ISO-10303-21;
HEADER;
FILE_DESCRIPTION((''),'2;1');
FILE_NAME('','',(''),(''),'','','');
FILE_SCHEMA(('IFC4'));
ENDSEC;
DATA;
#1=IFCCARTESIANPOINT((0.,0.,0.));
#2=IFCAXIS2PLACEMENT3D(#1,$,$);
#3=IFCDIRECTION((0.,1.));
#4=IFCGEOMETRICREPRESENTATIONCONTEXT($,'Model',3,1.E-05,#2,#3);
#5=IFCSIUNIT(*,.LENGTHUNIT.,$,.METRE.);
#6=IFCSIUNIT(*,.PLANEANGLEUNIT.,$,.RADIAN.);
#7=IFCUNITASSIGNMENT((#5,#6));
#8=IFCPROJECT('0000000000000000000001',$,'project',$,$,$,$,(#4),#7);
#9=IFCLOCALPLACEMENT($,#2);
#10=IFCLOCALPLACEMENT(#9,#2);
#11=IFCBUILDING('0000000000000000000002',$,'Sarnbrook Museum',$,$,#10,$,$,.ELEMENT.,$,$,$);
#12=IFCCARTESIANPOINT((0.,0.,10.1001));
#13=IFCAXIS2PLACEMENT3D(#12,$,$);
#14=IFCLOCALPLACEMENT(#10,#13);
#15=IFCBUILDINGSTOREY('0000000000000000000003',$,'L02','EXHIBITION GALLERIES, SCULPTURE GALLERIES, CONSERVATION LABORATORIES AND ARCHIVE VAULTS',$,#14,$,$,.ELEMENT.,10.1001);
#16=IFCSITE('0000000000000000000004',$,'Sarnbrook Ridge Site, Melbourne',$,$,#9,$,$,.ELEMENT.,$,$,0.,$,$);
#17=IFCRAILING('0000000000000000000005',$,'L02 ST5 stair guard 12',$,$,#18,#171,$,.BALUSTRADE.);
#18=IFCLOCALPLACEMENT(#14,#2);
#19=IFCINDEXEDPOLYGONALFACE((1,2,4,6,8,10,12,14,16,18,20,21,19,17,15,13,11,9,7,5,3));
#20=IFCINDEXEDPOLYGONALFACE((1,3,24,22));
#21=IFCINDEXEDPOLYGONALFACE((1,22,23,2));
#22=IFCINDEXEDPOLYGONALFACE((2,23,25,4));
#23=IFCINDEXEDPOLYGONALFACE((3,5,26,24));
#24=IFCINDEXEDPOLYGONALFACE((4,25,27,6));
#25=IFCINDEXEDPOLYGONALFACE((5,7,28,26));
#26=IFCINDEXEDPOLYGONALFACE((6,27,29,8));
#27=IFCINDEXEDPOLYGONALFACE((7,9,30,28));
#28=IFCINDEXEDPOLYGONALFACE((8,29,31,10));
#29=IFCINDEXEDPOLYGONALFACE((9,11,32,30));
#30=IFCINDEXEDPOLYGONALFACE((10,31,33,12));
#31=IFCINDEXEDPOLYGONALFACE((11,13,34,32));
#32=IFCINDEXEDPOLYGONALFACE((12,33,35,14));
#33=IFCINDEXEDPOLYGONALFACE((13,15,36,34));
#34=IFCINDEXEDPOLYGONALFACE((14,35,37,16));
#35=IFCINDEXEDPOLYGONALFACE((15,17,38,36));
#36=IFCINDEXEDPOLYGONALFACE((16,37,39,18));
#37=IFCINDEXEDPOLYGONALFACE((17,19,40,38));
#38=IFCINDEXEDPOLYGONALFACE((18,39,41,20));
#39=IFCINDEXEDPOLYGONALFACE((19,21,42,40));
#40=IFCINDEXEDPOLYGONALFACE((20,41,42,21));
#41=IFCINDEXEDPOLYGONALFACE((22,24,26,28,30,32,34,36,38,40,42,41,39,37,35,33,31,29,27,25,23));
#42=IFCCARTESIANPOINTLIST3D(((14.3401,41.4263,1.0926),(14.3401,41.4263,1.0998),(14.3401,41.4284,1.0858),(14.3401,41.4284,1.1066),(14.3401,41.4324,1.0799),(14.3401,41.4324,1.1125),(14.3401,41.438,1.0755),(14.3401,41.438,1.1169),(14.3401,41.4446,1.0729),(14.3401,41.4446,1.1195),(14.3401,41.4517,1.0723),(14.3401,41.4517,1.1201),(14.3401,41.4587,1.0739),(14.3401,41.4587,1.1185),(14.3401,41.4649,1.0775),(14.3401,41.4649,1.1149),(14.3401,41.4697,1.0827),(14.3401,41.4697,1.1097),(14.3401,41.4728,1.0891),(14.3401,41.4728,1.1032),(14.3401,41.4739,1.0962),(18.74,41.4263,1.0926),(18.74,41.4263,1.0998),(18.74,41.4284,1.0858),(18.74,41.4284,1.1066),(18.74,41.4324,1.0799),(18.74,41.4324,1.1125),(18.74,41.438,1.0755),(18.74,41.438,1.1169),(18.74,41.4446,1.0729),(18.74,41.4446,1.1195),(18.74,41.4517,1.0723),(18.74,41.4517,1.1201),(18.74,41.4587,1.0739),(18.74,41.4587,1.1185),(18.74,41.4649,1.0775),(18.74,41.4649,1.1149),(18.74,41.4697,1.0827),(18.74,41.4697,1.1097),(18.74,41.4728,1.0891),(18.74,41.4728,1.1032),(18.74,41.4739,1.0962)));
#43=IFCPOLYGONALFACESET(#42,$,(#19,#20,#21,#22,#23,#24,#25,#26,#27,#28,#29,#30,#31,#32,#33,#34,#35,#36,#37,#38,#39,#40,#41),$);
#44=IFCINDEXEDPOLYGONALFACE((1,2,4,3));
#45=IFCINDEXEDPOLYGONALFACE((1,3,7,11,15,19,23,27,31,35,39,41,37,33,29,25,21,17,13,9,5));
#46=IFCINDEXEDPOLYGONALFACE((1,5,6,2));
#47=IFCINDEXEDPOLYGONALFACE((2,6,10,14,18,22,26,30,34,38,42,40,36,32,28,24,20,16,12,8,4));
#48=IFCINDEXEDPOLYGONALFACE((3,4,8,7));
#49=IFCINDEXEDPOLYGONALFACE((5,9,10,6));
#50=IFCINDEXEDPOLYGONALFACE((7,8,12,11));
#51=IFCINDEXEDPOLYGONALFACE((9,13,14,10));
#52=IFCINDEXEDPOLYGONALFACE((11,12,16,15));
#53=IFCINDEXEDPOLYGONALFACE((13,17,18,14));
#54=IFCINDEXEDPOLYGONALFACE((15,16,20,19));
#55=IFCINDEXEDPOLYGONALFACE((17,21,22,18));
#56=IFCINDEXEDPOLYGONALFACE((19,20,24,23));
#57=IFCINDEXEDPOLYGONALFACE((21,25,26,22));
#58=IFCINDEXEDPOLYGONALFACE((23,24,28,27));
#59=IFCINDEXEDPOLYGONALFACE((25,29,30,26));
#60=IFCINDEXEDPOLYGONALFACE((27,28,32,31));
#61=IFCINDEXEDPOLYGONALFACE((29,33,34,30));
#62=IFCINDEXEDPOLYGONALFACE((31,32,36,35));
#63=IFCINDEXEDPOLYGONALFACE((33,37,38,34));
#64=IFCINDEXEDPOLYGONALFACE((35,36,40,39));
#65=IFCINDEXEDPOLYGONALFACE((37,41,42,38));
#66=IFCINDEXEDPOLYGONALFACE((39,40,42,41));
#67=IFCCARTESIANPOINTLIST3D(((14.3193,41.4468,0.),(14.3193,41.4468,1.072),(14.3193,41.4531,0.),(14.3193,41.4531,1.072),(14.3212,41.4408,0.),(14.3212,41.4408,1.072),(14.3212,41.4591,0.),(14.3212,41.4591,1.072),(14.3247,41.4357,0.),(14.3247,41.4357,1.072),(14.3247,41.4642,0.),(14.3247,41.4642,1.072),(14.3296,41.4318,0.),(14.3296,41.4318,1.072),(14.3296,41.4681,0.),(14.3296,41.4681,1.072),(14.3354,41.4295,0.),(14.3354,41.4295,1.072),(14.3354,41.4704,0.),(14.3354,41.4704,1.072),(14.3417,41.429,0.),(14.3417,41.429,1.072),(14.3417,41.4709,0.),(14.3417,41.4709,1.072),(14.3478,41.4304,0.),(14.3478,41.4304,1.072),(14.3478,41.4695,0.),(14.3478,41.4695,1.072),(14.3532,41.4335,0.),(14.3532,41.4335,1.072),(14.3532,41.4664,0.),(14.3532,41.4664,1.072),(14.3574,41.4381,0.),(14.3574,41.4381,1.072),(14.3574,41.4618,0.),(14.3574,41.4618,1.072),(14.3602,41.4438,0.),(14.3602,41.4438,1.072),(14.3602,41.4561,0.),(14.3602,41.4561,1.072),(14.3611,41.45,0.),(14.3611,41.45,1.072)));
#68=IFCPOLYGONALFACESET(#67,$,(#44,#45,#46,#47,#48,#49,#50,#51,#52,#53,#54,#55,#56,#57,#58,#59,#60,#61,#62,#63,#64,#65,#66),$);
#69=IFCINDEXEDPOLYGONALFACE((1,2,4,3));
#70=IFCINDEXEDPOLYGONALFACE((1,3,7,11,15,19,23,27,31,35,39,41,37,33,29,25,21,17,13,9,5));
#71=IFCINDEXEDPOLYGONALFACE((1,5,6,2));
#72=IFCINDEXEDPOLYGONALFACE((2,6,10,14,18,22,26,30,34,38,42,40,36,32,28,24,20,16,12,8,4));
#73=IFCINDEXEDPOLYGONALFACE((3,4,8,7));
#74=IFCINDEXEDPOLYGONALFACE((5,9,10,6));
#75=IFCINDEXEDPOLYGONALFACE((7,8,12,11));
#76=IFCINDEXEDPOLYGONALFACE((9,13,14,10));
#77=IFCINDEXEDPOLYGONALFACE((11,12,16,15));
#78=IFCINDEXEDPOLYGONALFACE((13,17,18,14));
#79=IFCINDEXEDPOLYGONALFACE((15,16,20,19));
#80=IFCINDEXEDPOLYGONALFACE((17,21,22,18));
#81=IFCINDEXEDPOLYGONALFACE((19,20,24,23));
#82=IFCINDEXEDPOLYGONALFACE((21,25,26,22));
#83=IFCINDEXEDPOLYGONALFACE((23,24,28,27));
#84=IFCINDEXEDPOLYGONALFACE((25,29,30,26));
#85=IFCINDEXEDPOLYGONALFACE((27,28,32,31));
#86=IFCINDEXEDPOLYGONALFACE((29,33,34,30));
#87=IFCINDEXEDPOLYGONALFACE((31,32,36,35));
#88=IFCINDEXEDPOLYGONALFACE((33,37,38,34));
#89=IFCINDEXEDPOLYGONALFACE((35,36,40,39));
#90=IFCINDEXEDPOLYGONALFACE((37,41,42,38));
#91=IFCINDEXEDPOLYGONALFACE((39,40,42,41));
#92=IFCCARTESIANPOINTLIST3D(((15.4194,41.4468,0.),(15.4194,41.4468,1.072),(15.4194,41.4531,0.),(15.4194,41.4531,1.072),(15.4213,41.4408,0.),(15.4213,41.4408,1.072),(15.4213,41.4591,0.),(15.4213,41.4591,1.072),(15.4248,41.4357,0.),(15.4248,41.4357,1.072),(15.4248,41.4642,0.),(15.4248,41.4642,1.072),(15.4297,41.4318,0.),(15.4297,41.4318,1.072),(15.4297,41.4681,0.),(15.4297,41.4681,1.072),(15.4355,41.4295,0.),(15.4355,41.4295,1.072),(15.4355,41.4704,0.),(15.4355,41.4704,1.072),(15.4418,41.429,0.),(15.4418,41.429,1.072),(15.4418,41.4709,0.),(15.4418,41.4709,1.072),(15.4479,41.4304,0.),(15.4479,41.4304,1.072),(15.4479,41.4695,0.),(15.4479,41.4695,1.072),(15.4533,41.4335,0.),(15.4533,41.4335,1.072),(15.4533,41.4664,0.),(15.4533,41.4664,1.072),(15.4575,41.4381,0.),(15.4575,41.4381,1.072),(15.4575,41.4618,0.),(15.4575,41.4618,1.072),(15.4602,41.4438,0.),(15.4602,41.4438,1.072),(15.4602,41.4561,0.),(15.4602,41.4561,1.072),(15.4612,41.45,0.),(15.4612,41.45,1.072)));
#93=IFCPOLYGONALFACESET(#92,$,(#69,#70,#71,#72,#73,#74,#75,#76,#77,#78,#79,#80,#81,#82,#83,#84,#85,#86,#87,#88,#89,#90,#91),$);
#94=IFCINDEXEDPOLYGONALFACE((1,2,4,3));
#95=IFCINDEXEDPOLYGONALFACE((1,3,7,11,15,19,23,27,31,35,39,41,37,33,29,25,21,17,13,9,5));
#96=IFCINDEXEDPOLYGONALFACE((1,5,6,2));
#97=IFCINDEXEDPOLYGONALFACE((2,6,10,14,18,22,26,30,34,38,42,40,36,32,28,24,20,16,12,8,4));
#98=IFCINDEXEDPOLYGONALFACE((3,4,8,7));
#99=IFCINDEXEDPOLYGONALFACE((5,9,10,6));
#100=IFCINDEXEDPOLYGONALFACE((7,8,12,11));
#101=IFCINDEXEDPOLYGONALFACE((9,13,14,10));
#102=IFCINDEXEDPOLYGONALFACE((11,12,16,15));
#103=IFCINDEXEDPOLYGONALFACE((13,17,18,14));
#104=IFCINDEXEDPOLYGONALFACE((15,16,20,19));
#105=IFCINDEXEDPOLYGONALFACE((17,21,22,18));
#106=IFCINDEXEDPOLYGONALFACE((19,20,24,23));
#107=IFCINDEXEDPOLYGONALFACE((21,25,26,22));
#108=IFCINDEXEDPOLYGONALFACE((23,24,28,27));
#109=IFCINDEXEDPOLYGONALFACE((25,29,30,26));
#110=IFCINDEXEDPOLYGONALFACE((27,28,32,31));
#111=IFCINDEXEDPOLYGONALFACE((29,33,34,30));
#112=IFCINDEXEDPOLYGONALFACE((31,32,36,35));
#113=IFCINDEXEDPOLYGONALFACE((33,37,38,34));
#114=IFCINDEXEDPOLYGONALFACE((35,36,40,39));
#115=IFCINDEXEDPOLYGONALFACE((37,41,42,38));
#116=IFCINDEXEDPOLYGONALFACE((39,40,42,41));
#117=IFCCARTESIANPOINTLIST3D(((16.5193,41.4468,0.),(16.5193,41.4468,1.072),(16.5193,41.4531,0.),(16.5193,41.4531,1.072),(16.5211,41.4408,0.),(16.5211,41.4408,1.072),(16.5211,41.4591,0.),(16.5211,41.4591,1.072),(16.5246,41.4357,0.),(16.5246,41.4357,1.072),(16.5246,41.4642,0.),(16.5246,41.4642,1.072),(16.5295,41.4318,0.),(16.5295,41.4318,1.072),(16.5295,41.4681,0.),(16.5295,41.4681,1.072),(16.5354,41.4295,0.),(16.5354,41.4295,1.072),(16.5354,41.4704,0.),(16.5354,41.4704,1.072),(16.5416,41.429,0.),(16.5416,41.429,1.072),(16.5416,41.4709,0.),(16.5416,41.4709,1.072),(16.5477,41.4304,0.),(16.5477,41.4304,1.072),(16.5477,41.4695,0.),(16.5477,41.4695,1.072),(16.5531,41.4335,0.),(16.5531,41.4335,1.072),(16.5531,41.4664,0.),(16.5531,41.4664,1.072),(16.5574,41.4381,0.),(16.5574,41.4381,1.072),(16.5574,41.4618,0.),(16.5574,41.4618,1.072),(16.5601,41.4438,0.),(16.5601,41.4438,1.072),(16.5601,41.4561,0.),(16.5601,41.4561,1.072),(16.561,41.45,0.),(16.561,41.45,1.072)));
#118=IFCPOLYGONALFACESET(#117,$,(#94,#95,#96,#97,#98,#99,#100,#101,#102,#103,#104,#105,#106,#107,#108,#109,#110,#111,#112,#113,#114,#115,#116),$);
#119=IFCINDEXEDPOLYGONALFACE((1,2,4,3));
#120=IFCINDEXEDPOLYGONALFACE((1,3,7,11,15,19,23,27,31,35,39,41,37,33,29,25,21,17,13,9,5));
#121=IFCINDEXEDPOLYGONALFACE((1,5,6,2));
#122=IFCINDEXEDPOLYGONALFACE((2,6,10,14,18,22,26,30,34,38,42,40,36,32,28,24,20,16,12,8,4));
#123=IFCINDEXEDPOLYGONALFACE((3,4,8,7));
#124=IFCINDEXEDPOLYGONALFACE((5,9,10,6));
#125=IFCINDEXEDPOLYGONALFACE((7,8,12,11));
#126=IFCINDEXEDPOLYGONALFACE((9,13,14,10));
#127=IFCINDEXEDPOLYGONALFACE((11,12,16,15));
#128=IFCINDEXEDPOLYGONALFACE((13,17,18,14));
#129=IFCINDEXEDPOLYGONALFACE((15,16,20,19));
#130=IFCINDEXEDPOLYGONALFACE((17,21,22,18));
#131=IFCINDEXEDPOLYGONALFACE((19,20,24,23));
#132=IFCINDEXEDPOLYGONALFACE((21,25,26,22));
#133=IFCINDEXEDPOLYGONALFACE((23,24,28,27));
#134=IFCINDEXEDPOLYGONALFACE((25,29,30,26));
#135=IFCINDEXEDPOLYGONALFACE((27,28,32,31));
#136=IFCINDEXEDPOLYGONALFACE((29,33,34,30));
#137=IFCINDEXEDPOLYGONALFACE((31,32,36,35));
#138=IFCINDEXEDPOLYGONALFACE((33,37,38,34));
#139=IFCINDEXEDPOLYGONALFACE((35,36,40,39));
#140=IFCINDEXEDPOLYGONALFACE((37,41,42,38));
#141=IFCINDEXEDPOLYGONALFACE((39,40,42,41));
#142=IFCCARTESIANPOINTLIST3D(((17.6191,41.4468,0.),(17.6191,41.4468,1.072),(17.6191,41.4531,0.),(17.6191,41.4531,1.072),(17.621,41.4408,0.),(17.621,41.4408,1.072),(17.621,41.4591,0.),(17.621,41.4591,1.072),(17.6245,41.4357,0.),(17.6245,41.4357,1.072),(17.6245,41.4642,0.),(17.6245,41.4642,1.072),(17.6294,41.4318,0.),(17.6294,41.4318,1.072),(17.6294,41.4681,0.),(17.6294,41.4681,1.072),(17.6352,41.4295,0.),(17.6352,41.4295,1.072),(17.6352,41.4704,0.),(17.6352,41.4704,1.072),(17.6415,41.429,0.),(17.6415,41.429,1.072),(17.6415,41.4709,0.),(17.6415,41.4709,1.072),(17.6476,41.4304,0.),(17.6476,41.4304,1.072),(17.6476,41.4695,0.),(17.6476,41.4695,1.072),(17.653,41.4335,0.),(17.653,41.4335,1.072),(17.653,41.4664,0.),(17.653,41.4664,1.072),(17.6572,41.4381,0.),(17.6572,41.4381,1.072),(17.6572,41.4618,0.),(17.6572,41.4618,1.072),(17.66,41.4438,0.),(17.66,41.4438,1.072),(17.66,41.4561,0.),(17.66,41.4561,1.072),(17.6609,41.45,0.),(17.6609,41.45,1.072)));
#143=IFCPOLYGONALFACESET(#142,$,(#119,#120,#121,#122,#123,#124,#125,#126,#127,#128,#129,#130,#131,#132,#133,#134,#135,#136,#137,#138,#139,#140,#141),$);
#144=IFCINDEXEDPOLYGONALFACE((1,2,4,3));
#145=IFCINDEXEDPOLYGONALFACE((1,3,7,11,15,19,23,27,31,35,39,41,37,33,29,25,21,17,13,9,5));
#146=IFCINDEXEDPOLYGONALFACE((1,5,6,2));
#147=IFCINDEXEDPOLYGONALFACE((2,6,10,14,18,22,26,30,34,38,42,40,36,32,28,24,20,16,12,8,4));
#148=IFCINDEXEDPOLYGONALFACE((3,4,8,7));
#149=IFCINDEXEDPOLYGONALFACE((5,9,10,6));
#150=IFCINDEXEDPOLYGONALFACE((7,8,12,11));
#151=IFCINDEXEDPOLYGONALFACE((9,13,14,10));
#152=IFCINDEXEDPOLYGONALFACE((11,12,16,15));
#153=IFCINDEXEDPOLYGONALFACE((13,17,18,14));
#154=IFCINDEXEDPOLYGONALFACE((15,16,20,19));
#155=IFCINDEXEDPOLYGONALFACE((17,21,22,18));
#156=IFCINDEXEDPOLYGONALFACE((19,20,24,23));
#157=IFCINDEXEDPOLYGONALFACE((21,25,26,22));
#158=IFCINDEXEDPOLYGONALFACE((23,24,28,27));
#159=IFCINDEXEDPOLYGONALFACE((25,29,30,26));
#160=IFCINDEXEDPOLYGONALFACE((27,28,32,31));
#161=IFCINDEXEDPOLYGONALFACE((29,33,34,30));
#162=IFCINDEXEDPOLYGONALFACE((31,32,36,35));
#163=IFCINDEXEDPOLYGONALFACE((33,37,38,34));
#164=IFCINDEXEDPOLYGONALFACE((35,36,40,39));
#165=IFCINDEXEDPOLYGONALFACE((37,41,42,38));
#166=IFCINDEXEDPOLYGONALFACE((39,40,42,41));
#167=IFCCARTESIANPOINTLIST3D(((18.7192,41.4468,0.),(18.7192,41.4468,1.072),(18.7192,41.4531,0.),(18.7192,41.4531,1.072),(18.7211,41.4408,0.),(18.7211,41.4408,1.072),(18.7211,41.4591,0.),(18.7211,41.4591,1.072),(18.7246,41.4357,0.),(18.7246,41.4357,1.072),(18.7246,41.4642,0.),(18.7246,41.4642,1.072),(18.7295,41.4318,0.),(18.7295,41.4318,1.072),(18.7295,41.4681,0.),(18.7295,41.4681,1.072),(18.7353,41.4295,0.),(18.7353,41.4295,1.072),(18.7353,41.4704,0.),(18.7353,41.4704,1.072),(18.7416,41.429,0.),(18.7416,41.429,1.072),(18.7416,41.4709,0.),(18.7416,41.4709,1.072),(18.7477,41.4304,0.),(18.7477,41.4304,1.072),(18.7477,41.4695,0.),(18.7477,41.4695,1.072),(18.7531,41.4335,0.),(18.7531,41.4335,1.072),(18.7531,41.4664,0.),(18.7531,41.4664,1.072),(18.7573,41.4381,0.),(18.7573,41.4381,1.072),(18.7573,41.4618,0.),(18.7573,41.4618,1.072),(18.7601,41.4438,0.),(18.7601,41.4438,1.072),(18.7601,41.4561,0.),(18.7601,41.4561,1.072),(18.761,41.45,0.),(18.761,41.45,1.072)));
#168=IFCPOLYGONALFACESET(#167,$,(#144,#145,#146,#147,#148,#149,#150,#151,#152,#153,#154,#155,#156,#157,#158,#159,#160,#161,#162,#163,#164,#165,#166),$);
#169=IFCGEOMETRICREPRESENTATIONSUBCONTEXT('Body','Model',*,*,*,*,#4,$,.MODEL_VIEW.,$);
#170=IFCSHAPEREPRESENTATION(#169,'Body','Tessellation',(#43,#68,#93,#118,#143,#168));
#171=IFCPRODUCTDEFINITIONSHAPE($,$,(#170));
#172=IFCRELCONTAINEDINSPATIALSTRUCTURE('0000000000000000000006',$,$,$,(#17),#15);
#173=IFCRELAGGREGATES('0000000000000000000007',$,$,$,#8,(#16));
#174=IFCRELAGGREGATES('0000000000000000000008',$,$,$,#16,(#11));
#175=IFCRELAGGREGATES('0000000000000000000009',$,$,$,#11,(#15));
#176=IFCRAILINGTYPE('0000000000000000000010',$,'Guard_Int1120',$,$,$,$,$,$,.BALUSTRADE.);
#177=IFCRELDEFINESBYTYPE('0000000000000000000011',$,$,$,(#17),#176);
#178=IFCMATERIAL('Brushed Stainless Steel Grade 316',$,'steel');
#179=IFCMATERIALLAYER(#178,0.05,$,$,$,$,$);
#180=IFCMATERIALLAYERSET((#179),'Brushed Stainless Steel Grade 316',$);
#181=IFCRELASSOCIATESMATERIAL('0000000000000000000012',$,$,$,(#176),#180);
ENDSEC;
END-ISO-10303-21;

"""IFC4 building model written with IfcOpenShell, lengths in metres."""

from ifc_helpers import new_model, si_unit, direction, frame, origin, origin_2d, place, context, subcontext, project, spatial, circle, extrude, material, layer, layer_set, type_object, element, save


model = new_model("IFC4")

# Units and contexts
model_context = context("Model", 3, precision=1e-05, world=origin(), true_north=direction((0.0, 1.0)))
body_context = subcontext(model_context, "Body", "Model", "MODEL_VIEW")
ifc_project = project(units=[si_unit("LENGTHUNIT", "METRE"), si_unit("PLANEANGLEUNIT", "RADIAN")], contexts=[model_context])

# Site, building, storey
site_placement = place(None, origin())
site = spatial("IfcSite", under=ifc_project, at=site_placement, Name="Sarnbrook Ridge Site, Melbourne", CompositionType="ELEMENT", RefElevation=0.0)
building_placement = place(site_placement, origin())
building = spatial("IfcBuilding", under=site, at=building_placement, Name="Sarnbrook Museum", CompositionType="ELEMENT")
storey_placement = place(building_placement, frame((0.0, 0.0, 10.1001)))
storey = spatial("IfcBuildingStorey", under=building, at=storey_placement, Name="L02", Description="EXHIBITION GALLERIES, SCULPTURE GALLERIES, CONSERVATION LABORATORIES AND ARCHIVE VAULTS", CompositionType="ELEMENT", Elevation=10.1001)

# Railing
ifc_material_1 = material(Name="Brushed Stainless Steel Grade 316", Category="steel")
ifc_layer_1 = layer(ifc_material_1, 0.05)
ifc_layer_set_1 = layer_set([ifc_layer_1], Name="Brushed Stainless Steel Grade 316")
railing_type_1 = type_object("IfcRailingType", Name="Guard_Int1120", PredefinedType="BALUSTRADE", material=ifc_layer_set_1)
railing_1_placement = place(storey_placement, frame((14.3401, 41.45, 0.0)))
element("IfcRailing", 1, at=railing_1_placement, inside=storey, type_object=railing_type_1, Name="L02 ST5 stair guard 12", PredefinedType="BALUSTRADE", context=body_context, shape_type="SweptSolid", body=[
    extrude(circle(Radius=0.0239, at=origin_2d()), frame((0.0, 0.0, 1.0962), z_axis=(1.0, 0.0, 0.0), x_axis=(0.0, 1.0, 0.0)), (0.0, 0.0, 1.0), 4.3999),
    extrude(circle(Radius=0.021, at=origin_2d()), origin(), (0.0, 0.0, 1.0), 1.072),
    extrude(circle(Radius=0.021, at=origin_2d()), frame((1.1001, 0.0, 0.0)), (0.0, 0.0, 1.0), 1.072),
    extrude(circle(Radius=0.021, at=origin_2d()), frame((2.2, 0.0, 0.0)), (0.0, 0.0, 1.0), 1.072),
    extrude(circle(Radius=0.021, at=origin_2d()), frame((3.2998, 0.0, 0.0)), (0.0, 0.0, 1.0), 1.072),
    extrude(circle(Radius=0.021, at=origin_2d()), frame((4.3999, 0.0, 0.0)), (0.0, 0.0, 1.0), 1.072),
])

save(model, "model.ifc")
